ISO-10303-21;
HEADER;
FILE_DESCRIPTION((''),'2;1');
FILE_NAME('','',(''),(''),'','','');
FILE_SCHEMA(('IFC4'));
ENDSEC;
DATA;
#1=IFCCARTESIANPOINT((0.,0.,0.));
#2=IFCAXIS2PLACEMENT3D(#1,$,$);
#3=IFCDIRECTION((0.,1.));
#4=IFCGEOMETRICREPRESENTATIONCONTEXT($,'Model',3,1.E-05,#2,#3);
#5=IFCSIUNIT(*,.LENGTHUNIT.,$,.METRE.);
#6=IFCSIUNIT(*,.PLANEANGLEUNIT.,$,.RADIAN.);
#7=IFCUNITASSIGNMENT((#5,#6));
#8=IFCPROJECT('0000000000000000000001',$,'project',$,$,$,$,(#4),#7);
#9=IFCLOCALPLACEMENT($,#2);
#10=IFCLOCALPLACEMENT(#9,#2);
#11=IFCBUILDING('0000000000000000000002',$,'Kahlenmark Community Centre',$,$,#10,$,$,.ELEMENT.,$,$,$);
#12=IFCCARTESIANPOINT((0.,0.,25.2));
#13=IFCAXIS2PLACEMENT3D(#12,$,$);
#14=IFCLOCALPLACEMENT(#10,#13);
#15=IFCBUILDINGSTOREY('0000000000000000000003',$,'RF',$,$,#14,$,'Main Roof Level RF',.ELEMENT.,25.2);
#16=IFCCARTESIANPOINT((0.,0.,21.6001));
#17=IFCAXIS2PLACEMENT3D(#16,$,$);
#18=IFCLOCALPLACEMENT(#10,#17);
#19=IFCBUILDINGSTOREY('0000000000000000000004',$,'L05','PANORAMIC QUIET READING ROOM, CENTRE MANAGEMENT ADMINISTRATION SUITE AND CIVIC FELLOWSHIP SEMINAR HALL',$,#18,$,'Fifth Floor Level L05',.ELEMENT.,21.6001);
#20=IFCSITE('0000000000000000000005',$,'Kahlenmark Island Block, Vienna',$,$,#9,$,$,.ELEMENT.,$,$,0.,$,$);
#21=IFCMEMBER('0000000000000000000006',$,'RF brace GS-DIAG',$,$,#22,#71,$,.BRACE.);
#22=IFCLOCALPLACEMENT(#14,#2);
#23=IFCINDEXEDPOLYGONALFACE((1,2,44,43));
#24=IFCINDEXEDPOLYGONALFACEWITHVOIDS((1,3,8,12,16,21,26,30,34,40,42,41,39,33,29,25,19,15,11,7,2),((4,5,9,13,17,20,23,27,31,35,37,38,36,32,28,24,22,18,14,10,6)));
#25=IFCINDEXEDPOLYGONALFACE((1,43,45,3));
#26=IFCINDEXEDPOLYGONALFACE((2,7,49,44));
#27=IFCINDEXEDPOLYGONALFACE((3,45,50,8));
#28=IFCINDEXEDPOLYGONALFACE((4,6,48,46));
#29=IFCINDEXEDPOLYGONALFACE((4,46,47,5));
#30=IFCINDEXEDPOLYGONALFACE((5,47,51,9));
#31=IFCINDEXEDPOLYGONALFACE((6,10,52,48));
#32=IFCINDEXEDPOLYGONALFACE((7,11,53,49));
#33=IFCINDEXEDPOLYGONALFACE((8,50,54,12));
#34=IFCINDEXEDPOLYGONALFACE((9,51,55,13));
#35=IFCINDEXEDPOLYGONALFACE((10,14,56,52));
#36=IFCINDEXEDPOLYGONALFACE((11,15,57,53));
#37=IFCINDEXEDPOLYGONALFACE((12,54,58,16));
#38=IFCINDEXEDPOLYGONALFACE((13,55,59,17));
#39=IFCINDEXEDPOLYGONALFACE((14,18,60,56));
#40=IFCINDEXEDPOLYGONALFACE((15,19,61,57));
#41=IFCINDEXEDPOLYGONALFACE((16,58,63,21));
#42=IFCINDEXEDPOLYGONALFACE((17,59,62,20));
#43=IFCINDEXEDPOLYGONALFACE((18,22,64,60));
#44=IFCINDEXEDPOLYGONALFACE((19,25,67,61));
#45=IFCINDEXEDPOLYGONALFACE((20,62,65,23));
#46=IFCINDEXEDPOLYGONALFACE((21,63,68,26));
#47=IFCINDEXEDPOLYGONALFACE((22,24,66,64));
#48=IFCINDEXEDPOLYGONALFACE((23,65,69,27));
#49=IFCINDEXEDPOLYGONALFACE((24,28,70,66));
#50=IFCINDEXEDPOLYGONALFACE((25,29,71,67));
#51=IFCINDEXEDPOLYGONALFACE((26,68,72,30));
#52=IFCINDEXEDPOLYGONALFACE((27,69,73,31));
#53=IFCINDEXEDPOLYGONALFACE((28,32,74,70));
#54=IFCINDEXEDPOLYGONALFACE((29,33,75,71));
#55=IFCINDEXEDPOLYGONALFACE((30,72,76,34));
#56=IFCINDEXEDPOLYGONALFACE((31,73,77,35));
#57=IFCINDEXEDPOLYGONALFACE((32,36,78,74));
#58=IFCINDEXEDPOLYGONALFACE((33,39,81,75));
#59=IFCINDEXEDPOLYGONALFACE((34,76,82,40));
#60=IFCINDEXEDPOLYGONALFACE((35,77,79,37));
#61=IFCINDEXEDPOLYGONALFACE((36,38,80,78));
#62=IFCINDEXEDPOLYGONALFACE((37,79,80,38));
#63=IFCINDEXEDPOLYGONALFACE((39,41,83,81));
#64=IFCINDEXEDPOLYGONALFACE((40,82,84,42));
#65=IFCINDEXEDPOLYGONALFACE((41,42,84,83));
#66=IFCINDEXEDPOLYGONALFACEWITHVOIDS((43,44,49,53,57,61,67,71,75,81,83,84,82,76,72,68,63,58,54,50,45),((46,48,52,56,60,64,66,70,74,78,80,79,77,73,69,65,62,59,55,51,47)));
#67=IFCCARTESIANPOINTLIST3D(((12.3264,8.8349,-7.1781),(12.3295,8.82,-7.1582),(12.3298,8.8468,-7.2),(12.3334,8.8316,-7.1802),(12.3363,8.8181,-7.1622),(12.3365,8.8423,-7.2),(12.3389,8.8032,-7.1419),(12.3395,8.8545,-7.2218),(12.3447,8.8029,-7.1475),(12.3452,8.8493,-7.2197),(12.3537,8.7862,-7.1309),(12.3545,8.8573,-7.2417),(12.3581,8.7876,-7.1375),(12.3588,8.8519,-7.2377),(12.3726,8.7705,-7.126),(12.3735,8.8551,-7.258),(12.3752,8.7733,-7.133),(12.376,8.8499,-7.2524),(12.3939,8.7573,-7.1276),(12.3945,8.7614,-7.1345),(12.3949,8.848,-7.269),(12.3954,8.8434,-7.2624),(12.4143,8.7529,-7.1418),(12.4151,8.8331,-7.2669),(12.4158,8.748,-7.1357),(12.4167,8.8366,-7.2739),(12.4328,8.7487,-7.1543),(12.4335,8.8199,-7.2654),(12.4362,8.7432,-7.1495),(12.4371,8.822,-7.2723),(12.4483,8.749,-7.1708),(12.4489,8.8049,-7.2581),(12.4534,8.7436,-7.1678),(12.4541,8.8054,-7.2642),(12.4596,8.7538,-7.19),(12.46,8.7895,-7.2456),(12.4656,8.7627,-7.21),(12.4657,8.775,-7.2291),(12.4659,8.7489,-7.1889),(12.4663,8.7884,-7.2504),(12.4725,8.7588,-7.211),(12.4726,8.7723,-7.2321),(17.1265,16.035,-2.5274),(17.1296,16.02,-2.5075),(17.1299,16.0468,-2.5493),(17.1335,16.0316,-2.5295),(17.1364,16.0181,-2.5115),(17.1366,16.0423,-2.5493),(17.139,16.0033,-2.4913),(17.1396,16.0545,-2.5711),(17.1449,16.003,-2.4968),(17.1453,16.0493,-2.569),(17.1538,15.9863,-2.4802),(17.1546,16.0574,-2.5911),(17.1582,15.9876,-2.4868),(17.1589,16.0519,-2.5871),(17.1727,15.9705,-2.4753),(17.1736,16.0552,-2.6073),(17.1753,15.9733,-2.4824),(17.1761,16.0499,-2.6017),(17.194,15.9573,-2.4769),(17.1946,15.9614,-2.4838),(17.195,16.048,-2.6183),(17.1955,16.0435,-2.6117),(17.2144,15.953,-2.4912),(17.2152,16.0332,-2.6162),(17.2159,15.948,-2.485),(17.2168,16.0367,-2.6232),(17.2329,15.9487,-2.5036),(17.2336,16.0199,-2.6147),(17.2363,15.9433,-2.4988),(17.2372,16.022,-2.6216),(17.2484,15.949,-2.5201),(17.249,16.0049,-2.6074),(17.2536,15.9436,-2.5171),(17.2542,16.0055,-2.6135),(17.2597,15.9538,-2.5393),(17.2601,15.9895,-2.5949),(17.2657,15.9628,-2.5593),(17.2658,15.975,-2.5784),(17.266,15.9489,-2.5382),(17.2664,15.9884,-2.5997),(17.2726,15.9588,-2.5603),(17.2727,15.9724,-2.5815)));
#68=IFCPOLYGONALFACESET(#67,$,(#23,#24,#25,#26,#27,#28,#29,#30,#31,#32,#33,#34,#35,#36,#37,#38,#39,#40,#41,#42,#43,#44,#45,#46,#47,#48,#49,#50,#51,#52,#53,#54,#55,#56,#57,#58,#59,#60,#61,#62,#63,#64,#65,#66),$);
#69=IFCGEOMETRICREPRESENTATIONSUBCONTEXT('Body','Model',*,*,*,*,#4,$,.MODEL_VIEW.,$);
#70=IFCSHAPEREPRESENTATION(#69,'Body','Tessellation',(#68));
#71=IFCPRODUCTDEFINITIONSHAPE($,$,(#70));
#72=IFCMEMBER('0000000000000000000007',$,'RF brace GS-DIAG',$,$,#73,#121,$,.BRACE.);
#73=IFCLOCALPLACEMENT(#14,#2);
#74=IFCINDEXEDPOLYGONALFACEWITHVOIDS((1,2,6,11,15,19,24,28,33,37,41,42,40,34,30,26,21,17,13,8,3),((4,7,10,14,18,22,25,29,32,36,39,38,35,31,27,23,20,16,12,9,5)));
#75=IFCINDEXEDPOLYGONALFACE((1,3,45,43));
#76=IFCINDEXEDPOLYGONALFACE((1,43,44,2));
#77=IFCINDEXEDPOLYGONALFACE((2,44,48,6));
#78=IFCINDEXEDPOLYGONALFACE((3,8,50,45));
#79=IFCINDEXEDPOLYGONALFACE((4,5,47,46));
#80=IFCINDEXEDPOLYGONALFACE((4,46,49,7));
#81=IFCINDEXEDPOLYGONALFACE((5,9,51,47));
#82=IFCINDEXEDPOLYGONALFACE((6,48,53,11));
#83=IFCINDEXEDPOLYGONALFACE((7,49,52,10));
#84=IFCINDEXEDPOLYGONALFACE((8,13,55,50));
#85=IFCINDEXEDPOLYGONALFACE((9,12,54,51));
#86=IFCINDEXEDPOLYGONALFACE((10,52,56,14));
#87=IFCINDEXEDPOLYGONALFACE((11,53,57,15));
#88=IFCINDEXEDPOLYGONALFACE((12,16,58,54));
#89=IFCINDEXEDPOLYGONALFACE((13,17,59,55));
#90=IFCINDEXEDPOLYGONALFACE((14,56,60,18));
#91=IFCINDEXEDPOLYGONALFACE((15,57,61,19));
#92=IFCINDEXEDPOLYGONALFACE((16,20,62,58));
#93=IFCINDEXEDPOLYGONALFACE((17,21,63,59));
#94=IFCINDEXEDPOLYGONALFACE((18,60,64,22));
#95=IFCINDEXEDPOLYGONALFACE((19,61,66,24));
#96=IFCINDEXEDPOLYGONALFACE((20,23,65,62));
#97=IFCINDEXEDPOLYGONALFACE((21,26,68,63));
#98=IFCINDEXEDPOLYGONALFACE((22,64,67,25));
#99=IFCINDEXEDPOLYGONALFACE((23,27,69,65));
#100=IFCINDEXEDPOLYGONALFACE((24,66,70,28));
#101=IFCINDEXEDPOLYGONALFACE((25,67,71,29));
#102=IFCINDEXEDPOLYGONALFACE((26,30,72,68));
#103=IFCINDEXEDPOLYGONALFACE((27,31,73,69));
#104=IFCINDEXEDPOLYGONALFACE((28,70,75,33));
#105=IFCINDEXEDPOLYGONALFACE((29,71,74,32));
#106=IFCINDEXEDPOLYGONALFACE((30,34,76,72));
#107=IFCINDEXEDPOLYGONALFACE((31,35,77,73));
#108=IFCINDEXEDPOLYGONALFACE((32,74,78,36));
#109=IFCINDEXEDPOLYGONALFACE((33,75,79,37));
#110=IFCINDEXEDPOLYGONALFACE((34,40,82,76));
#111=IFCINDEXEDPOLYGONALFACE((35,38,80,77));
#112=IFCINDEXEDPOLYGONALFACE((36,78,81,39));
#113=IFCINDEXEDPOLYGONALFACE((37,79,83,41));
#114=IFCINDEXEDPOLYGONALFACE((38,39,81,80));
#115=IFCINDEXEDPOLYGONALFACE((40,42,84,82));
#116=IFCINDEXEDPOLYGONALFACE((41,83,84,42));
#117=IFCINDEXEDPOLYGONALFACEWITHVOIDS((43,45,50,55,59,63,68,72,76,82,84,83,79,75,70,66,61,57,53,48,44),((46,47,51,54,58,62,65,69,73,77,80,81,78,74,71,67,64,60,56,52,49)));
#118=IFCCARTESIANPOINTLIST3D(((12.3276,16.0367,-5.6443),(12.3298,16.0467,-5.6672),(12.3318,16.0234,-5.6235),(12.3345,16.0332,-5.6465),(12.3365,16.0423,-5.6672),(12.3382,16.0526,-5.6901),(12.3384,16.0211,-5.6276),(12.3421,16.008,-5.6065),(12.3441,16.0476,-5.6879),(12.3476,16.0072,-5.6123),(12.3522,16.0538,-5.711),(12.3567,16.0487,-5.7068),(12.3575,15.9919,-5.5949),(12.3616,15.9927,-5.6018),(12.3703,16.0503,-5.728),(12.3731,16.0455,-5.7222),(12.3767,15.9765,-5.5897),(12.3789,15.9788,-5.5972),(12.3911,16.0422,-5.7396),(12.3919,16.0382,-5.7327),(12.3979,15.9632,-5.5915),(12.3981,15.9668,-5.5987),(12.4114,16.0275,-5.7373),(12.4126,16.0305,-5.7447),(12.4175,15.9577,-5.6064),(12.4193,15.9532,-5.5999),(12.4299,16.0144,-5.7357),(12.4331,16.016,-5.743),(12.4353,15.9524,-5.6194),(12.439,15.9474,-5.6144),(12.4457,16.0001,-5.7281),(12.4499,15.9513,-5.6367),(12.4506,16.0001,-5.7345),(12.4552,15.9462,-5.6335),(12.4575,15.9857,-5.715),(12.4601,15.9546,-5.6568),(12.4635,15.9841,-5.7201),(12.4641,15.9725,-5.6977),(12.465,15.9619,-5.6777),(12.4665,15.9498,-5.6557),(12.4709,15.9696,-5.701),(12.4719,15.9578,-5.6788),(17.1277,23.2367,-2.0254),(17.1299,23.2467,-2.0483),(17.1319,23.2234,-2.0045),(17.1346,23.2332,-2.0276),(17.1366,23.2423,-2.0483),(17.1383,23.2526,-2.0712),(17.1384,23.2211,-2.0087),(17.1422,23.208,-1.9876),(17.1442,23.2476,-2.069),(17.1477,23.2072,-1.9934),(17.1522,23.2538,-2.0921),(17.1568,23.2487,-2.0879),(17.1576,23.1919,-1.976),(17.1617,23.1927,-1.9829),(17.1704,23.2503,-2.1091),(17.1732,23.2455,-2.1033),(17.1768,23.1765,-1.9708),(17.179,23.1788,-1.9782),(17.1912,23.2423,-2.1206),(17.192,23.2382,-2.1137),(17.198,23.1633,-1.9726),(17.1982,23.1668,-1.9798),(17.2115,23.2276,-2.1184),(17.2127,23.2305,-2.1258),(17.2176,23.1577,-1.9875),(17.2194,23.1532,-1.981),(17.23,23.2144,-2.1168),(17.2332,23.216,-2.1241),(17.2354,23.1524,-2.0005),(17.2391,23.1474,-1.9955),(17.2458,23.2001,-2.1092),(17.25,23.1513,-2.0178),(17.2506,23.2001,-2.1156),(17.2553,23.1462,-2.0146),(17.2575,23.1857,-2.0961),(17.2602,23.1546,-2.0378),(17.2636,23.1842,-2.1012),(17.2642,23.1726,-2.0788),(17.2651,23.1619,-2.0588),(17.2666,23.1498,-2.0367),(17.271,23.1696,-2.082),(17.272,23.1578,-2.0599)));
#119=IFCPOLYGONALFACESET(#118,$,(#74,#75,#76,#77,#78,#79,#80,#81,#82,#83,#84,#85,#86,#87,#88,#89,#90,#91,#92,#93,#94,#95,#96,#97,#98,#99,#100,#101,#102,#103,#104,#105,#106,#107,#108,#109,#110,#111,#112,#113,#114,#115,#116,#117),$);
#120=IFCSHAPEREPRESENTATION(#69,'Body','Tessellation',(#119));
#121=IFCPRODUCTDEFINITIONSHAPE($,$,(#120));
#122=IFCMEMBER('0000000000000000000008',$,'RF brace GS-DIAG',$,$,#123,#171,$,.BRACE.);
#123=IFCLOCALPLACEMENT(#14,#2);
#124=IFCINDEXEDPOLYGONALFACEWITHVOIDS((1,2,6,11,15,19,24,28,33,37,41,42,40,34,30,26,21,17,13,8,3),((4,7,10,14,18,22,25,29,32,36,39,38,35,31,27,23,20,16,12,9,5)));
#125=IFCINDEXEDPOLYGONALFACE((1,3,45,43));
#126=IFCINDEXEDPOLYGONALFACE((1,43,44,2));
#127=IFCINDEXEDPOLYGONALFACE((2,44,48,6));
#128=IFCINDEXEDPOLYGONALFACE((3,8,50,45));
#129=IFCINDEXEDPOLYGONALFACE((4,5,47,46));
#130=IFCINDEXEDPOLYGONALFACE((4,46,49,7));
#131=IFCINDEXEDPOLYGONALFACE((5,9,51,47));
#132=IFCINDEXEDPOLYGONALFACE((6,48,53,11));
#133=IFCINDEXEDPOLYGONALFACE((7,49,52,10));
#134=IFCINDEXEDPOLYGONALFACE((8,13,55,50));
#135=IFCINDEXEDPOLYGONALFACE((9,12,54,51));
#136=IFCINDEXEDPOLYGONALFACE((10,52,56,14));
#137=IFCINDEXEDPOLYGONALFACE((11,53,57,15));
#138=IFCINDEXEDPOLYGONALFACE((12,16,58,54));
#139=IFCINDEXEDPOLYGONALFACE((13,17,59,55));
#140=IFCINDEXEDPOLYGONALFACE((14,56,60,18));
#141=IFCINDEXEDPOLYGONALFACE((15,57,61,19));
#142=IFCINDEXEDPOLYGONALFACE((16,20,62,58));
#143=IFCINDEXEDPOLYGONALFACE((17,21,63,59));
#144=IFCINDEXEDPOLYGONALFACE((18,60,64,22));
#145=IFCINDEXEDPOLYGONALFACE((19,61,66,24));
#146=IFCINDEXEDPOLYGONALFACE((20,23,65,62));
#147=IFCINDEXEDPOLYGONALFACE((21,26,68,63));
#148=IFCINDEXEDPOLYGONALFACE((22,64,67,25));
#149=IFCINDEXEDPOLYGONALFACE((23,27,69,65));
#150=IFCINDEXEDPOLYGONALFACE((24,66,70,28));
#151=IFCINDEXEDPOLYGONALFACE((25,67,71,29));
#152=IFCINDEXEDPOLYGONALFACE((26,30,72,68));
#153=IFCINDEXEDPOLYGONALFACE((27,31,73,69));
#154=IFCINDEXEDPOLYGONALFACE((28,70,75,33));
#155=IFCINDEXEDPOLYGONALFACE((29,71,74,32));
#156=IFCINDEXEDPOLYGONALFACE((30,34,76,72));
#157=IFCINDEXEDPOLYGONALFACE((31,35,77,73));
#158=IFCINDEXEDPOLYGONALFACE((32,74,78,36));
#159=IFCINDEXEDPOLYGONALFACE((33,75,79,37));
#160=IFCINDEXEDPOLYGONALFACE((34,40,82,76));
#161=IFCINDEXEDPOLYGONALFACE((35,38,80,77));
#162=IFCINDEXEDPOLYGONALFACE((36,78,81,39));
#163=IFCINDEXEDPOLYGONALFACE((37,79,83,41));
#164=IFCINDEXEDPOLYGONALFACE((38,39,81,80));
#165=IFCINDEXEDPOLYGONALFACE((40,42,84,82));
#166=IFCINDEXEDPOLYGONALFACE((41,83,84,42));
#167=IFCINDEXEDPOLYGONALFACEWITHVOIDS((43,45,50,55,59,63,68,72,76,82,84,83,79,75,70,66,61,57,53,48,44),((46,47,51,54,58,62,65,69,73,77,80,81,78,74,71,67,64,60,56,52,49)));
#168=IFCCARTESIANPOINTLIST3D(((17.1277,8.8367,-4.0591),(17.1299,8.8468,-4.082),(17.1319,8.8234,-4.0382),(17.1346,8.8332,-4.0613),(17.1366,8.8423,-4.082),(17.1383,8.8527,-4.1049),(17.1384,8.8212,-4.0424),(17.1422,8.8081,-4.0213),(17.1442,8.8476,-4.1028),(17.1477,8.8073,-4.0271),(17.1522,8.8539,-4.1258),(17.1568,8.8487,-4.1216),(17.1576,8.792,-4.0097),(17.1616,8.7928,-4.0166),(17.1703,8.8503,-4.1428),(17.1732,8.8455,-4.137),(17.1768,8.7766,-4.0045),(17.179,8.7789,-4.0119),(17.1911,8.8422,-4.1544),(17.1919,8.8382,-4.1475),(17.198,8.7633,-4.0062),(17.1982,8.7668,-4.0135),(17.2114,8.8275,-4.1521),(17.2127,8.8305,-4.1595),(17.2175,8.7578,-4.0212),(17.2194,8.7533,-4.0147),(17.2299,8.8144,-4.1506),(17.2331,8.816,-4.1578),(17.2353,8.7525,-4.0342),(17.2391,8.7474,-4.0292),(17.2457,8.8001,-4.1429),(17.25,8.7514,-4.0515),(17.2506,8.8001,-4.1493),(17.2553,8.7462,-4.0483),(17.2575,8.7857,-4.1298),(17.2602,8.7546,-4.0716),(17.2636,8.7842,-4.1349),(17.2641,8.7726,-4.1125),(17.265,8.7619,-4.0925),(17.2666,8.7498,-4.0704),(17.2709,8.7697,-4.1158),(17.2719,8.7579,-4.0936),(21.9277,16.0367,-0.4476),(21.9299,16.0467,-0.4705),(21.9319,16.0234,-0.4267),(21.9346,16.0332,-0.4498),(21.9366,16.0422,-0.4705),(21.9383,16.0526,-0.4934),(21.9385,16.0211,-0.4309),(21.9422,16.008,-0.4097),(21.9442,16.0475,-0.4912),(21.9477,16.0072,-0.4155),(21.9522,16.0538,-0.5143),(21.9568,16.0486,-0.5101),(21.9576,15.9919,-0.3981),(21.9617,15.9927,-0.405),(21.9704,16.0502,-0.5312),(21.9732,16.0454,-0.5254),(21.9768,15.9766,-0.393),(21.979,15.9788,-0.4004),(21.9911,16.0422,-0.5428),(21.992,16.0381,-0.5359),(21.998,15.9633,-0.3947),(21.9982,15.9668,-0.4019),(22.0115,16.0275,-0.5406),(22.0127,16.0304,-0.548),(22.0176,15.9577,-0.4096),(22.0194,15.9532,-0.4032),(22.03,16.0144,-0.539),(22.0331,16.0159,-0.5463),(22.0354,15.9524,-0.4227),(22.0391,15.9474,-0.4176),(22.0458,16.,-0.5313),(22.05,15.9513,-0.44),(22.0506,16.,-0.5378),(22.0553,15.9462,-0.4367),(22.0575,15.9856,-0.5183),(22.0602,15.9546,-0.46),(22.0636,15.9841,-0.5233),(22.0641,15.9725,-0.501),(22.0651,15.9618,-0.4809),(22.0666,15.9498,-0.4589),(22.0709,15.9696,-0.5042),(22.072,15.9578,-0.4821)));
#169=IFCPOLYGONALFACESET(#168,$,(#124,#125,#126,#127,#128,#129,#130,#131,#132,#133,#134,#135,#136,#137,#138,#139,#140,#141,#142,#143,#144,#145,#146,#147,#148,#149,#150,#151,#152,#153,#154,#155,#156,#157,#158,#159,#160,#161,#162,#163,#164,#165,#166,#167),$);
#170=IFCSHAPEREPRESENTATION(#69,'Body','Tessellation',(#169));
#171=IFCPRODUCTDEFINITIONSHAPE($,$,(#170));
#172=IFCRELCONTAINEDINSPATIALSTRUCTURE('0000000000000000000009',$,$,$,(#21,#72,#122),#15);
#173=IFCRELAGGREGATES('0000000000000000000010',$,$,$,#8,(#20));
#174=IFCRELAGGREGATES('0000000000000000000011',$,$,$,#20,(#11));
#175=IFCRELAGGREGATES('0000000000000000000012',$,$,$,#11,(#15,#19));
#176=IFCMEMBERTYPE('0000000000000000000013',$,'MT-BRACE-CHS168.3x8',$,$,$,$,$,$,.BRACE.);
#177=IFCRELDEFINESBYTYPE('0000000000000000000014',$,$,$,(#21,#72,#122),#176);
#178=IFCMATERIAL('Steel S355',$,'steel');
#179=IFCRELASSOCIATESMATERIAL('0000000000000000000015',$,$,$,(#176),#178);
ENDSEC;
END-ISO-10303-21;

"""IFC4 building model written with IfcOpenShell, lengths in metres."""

from ifc_helpers import new_model, si_unit, direction, frame, origin, origin_2d, place, context, subcontext, project, spatial, hollow_circle, extrude, material, material_profile, profile_set, type_object, element, save


model = new_model("IFC4")

# Units and contexts
model_context = context("Model", 3, precision=1e-05, world=origin(), true_north=direction((0.0, 1.0)))
body_context = subcontext(model_context, "Body", "Model", "MODEL_VIEW")
ifc_project = project(units=[si_unit("LENGTHUNIT", "METRE"), si_unit("PLANEANGLEUNIT", "RADIAN")], contexts=[model_context])

# Site, building, storey
site_placement = place(None, origin())
site = spatial("IfcSite", under=ifc_project, at=site_placement, Name="Kahlenmark Island Block, Vienna", CompositionType="ELEMENT", RefElevation=0.0)
building_placement = place(site_placement, origin())
building = spatial("IfcBuilding", under=site, at=building_placement, Name="Kahlenmark Community Centre", CompositionType="ELEMENT")
storey_1_placement = place(building_placement, frame((0.0, 0.0, 25.2)))
storey_1 = spatial("IfcBuildingStorey", under=building, at=storey_1_placement, Name="RF", LongName="Main Roof Level RF", CompositionType="ELEMENT", Elevation=25.2)

# Members
ifc_material_1 = material(Name="Steel S355", Category="steel")
ifc_material_profile_1 = material_profile(ifc_material_1, hollow_circle(Radius=0.0842, WallThickness=0.0081, at=origin_2d()), Name="CHS 168.3x8")
ifc_profile_set_1 = profile_set([ifc_material_profile_1], Name="Steel S355")
member_type_1 = type_object("IfcMemberType", Name="MT-BRACE-CHS168.3x8", PredefinedType="BRACE", material=ifc_profile_set_1)
member_1_placement = place(storey_1_placement, frame((12.3999, 8.8, -7.2), z_axis=(0.488611, 0.732905, 0.473402), x_axis=(-0.832046, 0.554707, 0.0)))
element("IfcMember", 1, at=member_1_placement, inside=storey_1, type_object=member_type_1, Name="RF brace GS-DIAG", PredefinedType="BRACE", context=body_context, shape_type="SweptSolid", body=[
    extrude(hollow_circle(Radius=0.0842, WallThickness=0.0081, at=origin_2d()), origin(), (0.0, 0.0, 1.0), 9.824),
])
member_2_placement = place(storey_1_placement, frame((12.3999, 16.0, -5.6672), z_axis=(0.511756, 0.767621, 0.385828), x_axis=(-0.832046, 0.554707, 0.0)))
element("IfcMember", 2, at=member_2_placement, inside=storey_1, type_object=member_type_1, Name="RF brace GS-DIAG", PredefinedType="BRACE", context=body_context, shape_type="SweptSolid", body=[
    extrude(hollow_circle(Radius=0.0842, WallThickness=0.0081, at=origin_2d()), origin(), (0.0, 0.0, 1.0), 9.3796),
])
member_3_placement = place(storey_1_placement, frame((17.2, 8.8, -4.082), z_axis=(0.51191, 0.767852, 0.385163), x_axis=(-0.832046, 0.554707, 0.0)))
element("IfcMember", 3, at=member_3_placement, inside=storey_1, type_object=member_type_1, Name="RF brace GS-DIAG", PredefinedType="BRACE", context=body_context, shape_type="SweptSolid", body=[
    extrude(hollow_circle(Radius=0.0842, WallThickness=0.0081, at=origin_2d()), origin(), (0.0, 0.0, 1.0), 9.3767),
])

# Shared definitions
storey_2_placement = place(building_placement, frame((0.0, 0.0, 21.6001)))
storey_2 = spatial("IfcBuildingStorey", under=building, at=storey_2_placement, Name="L05", Description="PANORAMIC QUIET READING ROOM, CENTRE MANAGEMENT ADMINISTRATION SUITE AND CIVIC FELLOWSHIP SEMINAR HALL", LongName="Fifth Floor Level L05", CompositionType="ELEMENT", Elevation=21.6001)

save(model, "model.ifc")
